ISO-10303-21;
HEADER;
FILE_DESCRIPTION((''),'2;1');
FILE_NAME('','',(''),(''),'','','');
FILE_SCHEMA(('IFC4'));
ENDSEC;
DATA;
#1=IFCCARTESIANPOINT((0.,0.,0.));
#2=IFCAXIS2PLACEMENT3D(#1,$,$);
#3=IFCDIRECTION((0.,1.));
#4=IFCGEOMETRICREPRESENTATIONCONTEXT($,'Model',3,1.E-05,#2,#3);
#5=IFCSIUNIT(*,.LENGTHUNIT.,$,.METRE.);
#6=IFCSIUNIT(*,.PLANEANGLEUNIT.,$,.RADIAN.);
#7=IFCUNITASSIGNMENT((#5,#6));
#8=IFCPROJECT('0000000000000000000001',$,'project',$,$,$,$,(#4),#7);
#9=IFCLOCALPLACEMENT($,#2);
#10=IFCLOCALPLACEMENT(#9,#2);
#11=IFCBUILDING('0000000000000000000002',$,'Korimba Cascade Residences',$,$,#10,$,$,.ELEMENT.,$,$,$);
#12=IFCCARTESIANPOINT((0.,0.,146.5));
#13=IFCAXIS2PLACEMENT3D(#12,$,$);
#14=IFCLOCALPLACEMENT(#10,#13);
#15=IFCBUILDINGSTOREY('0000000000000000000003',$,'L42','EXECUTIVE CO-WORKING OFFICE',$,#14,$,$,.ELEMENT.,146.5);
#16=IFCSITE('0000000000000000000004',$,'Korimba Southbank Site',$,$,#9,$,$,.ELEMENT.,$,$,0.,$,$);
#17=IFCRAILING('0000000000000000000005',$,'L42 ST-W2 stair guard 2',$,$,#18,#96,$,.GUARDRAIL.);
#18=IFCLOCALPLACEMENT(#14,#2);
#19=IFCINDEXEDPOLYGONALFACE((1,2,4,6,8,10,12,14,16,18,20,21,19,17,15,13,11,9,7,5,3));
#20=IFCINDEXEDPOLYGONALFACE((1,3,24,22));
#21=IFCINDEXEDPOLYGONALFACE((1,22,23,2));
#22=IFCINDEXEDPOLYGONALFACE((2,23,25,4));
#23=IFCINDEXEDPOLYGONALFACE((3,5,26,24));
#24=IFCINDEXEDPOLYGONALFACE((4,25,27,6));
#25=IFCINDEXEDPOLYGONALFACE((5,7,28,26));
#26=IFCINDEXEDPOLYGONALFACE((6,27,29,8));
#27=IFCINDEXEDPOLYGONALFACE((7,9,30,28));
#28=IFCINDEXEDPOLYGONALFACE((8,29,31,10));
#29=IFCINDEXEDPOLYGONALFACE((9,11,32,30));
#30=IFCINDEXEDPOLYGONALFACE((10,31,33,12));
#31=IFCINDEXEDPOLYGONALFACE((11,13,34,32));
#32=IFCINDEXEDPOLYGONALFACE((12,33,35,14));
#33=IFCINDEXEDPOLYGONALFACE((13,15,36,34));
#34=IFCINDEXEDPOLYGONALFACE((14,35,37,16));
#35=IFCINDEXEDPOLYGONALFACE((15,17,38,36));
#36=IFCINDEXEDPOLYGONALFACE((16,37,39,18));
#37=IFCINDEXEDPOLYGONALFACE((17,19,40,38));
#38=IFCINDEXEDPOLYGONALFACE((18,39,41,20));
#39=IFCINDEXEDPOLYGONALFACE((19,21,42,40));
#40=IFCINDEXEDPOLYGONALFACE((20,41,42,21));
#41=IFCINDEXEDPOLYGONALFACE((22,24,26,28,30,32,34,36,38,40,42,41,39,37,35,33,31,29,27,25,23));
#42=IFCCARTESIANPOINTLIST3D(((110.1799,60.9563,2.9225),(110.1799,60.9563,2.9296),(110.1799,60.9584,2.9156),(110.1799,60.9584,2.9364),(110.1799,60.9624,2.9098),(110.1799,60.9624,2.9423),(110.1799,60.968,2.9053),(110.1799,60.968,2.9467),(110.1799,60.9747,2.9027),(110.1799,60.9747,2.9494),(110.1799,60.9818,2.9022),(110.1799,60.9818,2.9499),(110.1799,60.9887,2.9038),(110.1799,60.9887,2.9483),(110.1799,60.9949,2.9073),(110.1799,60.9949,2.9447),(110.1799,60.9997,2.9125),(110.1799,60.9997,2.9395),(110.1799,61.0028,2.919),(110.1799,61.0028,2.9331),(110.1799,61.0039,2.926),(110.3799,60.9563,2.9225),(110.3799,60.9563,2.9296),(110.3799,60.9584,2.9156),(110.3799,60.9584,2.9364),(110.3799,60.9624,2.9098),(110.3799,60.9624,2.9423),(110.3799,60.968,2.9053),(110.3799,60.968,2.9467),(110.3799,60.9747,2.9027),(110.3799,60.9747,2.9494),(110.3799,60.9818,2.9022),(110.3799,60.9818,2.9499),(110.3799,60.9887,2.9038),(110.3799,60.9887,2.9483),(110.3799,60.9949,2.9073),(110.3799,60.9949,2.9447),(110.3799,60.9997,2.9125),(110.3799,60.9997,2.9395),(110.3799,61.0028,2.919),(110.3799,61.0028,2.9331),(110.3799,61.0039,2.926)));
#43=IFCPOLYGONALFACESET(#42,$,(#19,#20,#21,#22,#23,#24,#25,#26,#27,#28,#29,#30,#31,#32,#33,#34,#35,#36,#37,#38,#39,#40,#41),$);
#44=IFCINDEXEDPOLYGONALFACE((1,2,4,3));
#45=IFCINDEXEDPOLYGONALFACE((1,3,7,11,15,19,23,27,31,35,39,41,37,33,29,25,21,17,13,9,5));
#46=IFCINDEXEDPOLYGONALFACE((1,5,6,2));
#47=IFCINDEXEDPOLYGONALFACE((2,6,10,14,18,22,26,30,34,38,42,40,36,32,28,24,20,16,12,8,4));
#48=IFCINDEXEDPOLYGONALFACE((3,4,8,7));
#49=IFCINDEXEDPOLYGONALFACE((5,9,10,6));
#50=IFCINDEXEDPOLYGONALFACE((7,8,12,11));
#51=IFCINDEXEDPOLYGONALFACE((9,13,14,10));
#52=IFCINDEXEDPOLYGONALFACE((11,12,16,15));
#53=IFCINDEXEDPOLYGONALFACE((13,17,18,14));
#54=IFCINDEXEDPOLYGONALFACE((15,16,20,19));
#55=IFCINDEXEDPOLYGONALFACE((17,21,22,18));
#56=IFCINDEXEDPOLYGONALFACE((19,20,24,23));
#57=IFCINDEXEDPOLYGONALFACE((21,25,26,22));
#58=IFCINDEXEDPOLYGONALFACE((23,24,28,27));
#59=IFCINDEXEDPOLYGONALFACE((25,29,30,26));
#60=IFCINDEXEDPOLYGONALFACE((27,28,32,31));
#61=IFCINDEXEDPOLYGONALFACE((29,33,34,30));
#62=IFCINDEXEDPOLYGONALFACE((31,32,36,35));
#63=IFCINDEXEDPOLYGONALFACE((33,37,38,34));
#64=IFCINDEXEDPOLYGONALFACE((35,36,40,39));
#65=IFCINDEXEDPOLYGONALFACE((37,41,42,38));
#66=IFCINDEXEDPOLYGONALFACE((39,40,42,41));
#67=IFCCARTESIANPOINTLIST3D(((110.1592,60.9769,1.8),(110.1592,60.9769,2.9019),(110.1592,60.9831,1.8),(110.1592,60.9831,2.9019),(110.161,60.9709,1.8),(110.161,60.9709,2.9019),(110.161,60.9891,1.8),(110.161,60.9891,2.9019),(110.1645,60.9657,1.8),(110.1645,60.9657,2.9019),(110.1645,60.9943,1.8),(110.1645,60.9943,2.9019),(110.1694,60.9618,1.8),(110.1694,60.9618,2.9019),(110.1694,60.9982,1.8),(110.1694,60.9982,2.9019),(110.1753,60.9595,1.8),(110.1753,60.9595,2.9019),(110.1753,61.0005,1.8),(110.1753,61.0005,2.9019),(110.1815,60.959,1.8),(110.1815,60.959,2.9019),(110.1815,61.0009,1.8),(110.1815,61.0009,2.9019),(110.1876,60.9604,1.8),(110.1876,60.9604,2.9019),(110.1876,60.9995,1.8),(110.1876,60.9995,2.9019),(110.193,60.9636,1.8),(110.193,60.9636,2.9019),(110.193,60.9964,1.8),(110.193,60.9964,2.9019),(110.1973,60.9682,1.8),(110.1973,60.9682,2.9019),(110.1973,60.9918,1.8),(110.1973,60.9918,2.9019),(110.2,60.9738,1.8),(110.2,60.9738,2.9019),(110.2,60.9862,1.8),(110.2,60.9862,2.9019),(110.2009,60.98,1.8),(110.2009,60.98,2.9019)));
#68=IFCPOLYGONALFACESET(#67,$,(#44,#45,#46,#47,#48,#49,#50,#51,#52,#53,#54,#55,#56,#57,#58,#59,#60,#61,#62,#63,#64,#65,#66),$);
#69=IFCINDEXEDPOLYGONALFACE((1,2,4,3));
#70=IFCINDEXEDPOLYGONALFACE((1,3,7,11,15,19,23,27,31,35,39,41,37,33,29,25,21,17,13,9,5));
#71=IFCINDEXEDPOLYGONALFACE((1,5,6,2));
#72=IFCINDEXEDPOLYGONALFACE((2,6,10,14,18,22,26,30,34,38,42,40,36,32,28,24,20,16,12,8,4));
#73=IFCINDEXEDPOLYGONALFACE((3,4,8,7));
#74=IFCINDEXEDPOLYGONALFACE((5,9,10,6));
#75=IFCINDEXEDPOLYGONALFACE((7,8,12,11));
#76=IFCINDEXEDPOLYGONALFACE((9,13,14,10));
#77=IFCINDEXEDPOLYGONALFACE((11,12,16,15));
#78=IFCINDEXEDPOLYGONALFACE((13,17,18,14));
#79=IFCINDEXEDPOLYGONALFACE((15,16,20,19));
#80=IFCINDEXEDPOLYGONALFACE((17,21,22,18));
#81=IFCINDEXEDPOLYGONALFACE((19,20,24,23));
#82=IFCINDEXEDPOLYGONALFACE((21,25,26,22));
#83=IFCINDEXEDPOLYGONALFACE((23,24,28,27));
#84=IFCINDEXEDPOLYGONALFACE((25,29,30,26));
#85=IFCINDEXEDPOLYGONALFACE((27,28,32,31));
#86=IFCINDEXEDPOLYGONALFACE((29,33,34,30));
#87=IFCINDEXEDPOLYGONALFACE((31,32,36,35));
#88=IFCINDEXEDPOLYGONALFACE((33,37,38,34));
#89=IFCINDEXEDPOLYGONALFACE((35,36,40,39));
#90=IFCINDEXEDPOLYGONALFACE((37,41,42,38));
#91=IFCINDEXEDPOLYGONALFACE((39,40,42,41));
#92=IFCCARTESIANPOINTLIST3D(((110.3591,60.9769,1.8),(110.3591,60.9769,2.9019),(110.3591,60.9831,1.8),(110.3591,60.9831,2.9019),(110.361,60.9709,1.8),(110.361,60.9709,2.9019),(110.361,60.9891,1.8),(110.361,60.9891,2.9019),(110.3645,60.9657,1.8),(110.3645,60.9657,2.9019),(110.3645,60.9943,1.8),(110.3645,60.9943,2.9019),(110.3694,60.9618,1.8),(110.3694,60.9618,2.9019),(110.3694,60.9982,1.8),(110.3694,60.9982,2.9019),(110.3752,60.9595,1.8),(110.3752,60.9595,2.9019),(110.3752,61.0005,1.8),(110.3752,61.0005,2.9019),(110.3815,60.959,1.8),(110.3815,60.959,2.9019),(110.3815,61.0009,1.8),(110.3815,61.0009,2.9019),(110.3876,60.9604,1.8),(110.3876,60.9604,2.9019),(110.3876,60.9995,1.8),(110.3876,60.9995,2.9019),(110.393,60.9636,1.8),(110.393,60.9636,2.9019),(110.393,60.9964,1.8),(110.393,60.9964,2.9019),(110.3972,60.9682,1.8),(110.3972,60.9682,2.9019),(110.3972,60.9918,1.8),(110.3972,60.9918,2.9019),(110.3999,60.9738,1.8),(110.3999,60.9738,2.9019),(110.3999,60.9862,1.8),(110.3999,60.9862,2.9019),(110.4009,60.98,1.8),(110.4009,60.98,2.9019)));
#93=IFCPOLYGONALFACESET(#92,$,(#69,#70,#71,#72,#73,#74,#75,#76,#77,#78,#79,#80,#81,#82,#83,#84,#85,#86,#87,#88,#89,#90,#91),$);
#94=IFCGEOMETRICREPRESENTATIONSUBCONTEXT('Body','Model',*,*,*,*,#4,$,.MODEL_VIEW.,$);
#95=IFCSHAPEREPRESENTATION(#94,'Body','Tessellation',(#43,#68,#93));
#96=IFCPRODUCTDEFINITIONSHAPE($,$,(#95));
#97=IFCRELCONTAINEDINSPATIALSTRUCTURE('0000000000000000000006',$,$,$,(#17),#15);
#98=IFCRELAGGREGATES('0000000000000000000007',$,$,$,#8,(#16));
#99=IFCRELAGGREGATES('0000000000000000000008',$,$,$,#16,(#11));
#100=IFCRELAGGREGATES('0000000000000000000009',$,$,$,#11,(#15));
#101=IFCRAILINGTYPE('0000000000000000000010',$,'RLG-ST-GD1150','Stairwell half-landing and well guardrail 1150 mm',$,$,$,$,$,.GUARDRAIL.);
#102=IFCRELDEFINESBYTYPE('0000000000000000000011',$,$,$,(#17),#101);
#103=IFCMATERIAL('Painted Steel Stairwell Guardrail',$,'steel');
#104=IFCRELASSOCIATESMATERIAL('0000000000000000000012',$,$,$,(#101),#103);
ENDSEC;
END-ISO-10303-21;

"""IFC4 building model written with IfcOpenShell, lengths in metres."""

from ifc_helpers import new_model, si_unit, direction, frame, origin, origin_2d, place, context, subcontext, project, spatial, circle, extrude, material, type_object, element, save


model = new_model("IFC4")

# Units and contexts
model_context = context("Model", 3, precision=1e-05, world=origin(), true_north=direction((0.0, 1.0)))
body_context = subcontext(model_context, "Body", "Model", "MODEL_VIEW")
ifc_project = project(units=[si_unit("LENGTHUNIT", "METRE"), si_unit("PLANEANGLEUNIT", "RADIAN")], contexts=[model_context])

# Site, building, storey
site_placement = place(None, origin())
site = spatial("IfcSite", under=ifc_project, at=site_placement, Name="Korimba Southbank Site", CompositionType="ELEMENT", RefElevation=0.0)
building_placement = place(site_placement, origin())
building = spatial("IfcBuilding", under=site, at=building_placement, Name="Korimba Cascade Residences", CompositionType="ELEMENT")
storey_placement = place(building_placement, frame((0.0, 0.0, 146.5)))
storey = spatial("IfcBuildingStorey", under=building, at=storey_placement, Name="L42", Description="EXECUTIVE CO-WORKING OFFICE", CompositionType="ELEMENT", Elevation=146.5)

# Railing
ifc_material_1 = material(Name="Painted Steel Stairwell Guardrail", Category="steel")
railing_type_1 = type_object("IfcRailingType", Name="RLG-ST-GD1150", Description="Stairwell half-landing and well guardrail 1150 mm", PredefinedType="GUARDRAIL", material=ifc_material_1)
railing_1_placement = place(storey_placement, frame((110.1799, 60.98, 1.8)))
element("IfcRailing", 1, at=railing_1_placement, inside=storey, type_object=railing_type_1, Name="L42 ST-W2 stair guard 2", PredefinedType="GUARDRAIL", context=body_context, shape_type="SweptSolid", body=[
    extrude(circle(Radius=0.0239, at=origin_2d()), frame((0.0, 0.0, 1.126), z_axis=(1.0, 0.0, 0.0), x_axis=(0.0, 1.0, 0.0)), (0.0, 0.0, 1.0), 0.2),
    extrude(circle(Radius=0.021, at=origin_2d()), origin(), (0.0, 0.0, 1.0), 1.1018),
    extrude(circle(Radius=0.021, at=origin_2d()), frame((0.2, 0.0, 0.0)), (0.0, 0.0, 1.0), 1.1018),
])

save(model, "model.ifc")
